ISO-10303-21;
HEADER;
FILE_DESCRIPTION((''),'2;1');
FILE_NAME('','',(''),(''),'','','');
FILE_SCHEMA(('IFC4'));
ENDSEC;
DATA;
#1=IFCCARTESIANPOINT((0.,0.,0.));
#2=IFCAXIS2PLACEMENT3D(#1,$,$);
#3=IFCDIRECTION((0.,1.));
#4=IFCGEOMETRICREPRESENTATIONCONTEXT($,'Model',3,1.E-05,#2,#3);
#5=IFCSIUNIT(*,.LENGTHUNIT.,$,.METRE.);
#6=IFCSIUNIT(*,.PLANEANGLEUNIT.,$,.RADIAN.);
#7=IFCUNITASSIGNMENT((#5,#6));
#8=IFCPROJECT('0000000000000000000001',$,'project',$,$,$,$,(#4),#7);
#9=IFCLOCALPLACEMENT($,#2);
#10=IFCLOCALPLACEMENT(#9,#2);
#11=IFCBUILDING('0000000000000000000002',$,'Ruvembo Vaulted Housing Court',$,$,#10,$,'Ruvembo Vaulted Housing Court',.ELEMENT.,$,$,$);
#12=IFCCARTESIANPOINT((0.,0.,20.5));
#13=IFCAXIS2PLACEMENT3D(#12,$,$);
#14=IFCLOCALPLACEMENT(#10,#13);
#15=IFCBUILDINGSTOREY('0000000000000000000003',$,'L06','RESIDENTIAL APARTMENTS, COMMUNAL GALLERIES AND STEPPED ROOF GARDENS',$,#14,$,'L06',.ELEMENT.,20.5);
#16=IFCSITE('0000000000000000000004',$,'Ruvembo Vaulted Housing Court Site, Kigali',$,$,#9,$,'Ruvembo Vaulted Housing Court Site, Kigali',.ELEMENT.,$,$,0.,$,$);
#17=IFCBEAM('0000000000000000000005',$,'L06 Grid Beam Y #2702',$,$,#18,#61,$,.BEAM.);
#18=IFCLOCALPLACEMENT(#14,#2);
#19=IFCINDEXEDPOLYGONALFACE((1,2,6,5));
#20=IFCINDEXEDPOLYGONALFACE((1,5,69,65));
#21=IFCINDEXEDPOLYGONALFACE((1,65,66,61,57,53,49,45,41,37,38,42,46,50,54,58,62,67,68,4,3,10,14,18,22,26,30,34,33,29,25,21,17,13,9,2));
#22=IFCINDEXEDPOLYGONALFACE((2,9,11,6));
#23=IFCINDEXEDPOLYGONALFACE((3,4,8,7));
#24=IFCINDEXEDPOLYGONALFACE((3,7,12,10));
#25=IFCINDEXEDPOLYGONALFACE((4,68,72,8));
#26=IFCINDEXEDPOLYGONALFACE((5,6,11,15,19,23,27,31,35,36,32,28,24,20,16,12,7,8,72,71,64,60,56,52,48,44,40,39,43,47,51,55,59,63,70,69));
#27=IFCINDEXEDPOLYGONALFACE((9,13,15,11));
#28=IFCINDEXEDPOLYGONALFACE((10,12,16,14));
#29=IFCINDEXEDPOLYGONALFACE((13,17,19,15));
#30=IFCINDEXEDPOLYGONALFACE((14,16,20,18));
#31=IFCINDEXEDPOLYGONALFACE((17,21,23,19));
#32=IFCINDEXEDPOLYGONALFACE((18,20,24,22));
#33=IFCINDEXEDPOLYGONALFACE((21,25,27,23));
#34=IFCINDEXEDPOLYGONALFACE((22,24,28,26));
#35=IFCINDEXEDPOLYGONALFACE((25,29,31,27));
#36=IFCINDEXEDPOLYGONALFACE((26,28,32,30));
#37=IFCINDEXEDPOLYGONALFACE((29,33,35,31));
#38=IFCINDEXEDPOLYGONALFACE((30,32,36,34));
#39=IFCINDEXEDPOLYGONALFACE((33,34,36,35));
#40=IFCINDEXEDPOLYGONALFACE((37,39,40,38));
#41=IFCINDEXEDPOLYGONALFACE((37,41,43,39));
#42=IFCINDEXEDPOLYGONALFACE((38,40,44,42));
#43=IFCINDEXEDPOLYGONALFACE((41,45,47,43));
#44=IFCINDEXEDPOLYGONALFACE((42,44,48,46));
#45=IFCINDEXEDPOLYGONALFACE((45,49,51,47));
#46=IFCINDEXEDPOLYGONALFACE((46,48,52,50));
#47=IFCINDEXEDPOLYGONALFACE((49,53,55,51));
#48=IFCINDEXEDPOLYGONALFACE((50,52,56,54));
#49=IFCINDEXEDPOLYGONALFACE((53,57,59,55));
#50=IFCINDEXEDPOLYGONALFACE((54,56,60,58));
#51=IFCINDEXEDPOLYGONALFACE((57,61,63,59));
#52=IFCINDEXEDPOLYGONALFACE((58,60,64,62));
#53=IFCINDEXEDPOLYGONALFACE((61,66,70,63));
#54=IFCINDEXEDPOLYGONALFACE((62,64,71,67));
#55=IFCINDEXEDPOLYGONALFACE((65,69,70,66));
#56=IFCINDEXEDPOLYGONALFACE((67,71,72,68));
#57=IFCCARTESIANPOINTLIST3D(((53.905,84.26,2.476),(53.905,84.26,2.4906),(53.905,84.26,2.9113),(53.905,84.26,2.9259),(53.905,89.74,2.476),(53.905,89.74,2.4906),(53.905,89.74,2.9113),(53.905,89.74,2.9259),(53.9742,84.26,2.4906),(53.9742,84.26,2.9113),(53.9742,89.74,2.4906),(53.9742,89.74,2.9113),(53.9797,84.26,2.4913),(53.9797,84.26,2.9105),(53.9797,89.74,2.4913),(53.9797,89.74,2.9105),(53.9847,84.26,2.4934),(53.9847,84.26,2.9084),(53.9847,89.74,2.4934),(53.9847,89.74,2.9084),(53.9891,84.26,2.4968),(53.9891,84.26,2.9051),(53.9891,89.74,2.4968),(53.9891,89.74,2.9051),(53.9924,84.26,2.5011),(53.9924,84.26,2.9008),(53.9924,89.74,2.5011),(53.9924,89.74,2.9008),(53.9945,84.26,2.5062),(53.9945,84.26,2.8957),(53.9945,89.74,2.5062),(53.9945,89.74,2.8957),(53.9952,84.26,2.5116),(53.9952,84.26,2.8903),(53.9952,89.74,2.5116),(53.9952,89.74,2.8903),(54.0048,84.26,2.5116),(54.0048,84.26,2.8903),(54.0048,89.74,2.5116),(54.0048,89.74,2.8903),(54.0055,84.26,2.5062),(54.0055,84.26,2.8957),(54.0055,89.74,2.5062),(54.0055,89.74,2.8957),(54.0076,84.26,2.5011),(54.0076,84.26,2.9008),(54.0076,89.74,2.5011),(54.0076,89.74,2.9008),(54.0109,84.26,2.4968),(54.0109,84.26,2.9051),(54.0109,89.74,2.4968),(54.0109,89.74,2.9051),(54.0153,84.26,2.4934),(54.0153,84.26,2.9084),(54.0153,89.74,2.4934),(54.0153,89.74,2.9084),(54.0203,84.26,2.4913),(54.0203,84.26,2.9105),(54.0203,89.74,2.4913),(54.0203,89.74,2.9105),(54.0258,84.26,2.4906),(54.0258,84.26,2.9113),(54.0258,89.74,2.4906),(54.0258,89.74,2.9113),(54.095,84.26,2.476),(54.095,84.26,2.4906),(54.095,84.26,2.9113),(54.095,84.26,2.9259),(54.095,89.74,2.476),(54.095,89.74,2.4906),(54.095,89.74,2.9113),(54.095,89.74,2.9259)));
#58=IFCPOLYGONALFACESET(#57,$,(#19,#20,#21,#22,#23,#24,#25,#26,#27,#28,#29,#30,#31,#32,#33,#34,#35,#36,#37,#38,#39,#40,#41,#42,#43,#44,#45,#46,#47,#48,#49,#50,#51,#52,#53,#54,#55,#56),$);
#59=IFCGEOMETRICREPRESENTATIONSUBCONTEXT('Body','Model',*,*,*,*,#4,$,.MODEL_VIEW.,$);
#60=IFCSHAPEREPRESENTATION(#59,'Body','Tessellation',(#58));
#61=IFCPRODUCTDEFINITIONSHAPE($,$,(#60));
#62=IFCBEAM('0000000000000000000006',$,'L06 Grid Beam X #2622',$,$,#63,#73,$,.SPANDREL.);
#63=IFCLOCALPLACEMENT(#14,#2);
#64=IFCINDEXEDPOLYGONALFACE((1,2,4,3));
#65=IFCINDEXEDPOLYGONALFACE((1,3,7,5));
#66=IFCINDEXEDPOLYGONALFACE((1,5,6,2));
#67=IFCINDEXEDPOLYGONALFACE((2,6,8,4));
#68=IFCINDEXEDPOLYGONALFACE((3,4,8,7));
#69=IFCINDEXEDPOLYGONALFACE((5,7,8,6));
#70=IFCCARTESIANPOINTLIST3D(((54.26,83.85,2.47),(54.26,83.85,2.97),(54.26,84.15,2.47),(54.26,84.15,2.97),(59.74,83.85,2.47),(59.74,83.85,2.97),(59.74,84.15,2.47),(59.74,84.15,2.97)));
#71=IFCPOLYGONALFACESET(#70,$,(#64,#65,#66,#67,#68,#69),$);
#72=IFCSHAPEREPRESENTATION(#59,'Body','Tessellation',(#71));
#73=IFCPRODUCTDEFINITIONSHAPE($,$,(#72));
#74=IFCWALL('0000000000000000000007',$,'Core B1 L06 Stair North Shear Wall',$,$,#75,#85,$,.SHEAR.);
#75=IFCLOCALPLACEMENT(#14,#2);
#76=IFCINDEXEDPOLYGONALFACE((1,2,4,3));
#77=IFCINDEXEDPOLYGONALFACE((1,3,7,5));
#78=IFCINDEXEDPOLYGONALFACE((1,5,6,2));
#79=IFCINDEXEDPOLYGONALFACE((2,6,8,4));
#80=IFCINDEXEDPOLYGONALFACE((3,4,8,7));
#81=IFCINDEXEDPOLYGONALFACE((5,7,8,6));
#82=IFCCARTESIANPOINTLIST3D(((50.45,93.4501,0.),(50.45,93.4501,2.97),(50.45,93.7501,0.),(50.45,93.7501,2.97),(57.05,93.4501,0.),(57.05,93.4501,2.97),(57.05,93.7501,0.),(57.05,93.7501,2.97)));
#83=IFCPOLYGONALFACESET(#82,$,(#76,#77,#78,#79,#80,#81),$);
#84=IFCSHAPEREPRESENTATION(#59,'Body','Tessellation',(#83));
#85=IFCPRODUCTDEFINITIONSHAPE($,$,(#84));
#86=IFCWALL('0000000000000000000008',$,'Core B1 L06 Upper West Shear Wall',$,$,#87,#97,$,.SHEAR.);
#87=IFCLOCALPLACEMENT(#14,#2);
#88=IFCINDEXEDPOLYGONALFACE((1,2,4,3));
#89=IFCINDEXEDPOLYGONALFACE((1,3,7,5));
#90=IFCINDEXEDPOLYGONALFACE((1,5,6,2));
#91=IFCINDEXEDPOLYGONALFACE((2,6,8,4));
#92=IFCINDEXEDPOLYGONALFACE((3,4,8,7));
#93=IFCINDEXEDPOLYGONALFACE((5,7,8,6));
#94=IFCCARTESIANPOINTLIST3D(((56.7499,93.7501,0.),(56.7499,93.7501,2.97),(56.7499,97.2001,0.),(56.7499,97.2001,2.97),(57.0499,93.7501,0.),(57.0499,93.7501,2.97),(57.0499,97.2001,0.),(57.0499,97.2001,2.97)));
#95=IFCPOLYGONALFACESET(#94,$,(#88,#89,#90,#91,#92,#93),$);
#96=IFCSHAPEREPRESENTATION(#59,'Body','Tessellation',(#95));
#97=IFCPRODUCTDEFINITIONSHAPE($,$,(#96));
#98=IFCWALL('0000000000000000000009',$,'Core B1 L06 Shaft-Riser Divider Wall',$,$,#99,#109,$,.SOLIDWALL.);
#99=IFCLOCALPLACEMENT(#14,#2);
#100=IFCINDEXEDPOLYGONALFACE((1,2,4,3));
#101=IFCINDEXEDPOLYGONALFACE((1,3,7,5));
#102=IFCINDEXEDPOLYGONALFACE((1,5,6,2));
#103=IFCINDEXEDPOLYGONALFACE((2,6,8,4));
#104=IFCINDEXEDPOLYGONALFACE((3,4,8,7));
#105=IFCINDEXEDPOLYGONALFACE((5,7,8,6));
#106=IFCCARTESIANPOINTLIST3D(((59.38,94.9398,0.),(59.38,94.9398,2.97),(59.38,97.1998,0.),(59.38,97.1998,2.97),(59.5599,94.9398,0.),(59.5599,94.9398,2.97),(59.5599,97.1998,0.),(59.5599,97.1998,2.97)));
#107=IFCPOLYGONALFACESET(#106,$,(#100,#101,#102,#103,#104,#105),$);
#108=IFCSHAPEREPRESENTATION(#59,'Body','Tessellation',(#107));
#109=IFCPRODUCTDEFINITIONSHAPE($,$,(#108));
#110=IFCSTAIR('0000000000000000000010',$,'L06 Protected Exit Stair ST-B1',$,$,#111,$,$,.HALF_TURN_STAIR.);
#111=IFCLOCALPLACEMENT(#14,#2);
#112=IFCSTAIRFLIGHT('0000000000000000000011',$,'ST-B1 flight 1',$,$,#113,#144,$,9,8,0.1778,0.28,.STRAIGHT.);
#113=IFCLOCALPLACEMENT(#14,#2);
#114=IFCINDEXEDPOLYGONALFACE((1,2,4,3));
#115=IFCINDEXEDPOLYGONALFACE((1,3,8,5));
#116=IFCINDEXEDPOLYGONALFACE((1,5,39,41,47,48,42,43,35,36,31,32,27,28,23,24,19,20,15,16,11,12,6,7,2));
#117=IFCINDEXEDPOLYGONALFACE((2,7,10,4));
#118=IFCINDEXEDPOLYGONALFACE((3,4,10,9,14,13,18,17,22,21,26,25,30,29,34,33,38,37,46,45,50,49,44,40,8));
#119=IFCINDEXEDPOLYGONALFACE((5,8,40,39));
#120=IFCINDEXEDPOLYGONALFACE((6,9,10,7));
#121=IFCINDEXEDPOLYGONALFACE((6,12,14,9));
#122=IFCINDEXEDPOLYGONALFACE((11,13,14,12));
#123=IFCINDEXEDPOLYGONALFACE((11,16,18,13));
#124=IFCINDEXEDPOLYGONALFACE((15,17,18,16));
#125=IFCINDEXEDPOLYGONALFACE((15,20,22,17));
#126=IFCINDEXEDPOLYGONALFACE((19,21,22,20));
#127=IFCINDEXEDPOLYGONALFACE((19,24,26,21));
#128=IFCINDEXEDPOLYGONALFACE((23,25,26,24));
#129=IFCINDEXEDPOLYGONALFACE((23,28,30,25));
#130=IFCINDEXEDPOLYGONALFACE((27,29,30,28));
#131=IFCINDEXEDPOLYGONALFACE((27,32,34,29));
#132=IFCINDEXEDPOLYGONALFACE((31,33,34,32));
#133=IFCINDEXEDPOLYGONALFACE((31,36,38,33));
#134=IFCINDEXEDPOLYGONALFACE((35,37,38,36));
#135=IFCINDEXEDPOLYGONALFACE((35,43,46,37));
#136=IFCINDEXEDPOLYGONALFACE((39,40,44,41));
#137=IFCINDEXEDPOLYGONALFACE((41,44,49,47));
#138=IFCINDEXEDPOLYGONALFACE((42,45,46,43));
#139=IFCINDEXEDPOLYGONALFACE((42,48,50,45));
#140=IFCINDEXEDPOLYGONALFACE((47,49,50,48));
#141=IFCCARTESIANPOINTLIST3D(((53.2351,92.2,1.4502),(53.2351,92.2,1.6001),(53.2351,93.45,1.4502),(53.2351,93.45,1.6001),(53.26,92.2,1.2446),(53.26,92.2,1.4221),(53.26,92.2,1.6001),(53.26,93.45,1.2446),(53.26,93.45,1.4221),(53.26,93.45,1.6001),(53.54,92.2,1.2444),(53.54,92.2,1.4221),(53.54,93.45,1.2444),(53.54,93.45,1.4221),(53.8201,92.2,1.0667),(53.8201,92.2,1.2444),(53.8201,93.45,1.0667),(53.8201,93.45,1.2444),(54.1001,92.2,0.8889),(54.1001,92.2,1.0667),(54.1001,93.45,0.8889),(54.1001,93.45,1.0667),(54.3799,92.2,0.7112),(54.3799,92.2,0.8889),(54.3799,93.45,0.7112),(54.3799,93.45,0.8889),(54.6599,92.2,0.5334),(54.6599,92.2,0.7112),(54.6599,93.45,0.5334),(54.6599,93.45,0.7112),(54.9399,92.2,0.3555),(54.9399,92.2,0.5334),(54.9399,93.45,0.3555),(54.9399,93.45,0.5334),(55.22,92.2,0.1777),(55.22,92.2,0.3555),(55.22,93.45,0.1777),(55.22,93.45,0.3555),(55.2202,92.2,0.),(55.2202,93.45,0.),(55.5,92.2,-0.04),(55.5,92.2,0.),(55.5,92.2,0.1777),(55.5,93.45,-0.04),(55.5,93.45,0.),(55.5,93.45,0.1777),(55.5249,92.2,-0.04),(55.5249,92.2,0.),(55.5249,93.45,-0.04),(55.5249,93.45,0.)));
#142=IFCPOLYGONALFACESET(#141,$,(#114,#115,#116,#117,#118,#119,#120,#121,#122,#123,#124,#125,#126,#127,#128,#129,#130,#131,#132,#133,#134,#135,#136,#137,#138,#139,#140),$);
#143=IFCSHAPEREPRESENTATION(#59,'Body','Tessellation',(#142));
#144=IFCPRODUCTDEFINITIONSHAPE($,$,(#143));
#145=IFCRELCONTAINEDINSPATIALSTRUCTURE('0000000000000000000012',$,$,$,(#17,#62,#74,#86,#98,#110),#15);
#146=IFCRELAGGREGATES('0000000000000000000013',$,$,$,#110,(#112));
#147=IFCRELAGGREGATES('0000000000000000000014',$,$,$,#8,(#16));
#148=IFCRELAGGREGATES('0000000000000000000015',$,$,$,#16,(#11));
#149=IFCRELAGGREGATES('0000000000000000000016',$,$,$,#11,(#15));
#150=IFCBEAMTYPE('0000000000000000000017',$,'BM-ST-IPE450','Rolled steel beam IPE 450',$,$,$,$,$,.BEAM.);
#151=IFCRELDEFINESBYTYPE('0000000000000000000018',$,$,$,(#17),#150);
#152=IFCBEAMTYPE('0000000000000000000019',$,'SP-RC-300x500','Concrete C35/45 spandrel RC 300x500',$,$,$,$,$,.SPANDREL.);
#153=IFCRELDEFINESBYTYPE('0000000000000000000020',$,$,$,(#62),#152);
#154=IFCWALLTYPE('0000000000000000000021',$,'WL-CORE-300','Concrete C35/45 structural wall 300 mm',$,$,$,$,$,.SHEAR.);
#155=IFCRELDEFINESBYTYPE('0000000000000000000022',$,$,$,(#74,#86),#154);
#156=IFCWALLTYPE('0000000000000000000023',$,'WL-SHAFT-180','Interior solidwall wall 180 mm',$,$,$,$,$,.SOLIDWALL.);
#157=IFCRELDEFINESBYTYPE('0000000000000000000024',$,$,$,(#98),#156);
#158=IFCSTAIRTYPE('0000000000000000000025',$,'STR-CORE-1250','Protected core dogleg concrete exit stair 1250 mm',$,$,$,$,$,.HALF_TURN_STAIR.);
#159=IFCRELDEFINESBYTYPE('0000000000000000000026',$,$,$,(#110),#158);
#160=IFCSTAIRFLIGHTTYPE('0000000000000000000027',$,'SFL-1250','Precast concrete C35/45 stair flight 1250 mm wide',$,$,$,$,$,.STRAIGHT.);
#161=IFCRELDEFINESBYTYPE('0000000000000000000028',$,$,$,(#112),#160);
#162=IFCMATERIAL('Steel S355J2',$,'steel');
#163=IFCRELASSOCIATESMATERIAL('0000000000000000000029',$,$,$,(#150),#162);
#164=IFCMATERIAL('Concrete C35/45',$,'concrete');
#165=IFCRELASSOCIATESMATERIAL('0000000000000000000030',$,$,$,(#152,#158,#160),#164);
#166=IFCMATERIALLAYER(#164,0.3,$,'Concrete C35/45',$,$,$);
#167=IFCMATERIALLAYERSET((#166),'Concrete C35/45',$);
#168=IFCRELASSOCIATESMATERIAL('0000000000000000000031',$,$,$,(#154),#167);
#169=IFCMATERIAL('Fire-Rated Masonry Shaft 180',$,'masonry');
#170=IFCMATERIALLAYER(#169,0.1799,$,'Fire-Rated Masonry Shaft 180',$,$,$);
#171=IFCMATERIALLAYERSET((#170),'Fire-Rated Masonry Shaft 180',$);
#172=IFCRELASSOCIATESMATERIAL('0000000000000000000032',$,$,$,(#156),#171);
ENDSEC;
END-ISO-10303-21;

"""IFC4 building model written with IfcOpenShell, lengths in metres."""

from ifc_helpers import new_model, si_unit, direction, frame, frame_2d, origin, origin_2d, place, context, subcontext, project, spatial, polyline, rectangle, i_section, outline, extrude, material, layer, layer_set, material_profile, profile_set, type_object, element, aggregate, save


model = new_model("IFC4")

# Units and contexts
model_context = context("Model", 3, precision=1e-05, world=origin(), true_north=direction((0.0, 1.0)))
body_context = subcontext(model_context, "Body", "Model", "MODEL_VIEW")
ifc_project = project(units=[si_unit("LENGTHUNIT", "METRE"), si_unit("PLANEANGLEUNIT", "RADIAN")], contexts=[model_context])

# Site, building, storey
site_placement = place(None, origin())
site = spatial("IfcSite", under=ifc_project, at=site_placement, Name="Ruvembo Vaulted Housing Court Site, Kigali", LongName="Ruvembo Vaulted Housing Court Site, Kigali", CompositionType="ELEMENT", RefElevation=0.0)
building_placement = place(site_placement, origin())
building = spatial("IfcBuilding", under=site, at=building_placement, Name="Ruvembo Vaulted Housing Court", LongName="Ruvembo Vaulted Housing Court", CompositionType="ELEMENT")
storey_placement = place(building_placement, frame((0.0, 0.0, 20.5)))
storey = spatial("IfcBuildingStorey", under=building, at=storey_placement, Name="L06", Description="RESIDENTIAL APARTMENTS, COMMUNAL GALLERIES AND STEPPED ROOF GARDENS", LongName="L06", CompositionType="ELEMENT", Elevation=20.5)

# Shared definitions
ifc_material_1 = material(Name="Concrete C35/45", Category="concrete")

# Beams
ifc_material_2 = material(Name="Steel S355J2", Category="steel")
ifc_material_profile_1 = material_profile(ifc_material_2, i_section(OverallWidth=0.1899, OverallDepth=0.45, WebThickness=0.0095, FlangeThickness=0.0146, FilletRadius=0.021, at=origin_2d()), Name="IPE 450")
ifc_profile_set_1 = profile_set([ifc_material_profile_1], Name="Steel S355J2")
beam_type_1 = type_object("IfcBeamType", Name="BM-ST-IPE450", Description="Rolled steel beam IPE 450", PredefinedType="BEAM", material=ifc_profile_set_1)
beam_1_placement = place(storey_placement, frame((54.0, 84.26, 2.7009), z_axis=(0.0, 1.0, 0.0), x_axis=(-1.0, 0.0, 0.0)))
element("IfcBeam", 1, at=beam_1_placement, inside=storey, type_object=beam_type_1, Name="L06 Grid Beam Y #2702", PredefinedType="BEAM", context=body_context, shape_type="SweptSolid", body=[
    extrude(i_section(OverallWidth=0.1899, OverallDepth=0.45, WebThickness=0.0095, FlangeThickness=0.0146, FilletRadius=0.021, at=origin_2d()), origin(), (0.0, 0.0, 1.0), 5.48),
])
ifc_material_profile_2 = material_profile(ifc_material_1, rectangle(XDim=0.3, YDim=0.5, at=origin_2d()), Name="RC 300x500")
ifc_profile_set_2 = profile_set([ifc_material_profile_2], Name="Concrete C35/45")
beam_type_2 = type_object("IfcBeamType", Name="SP-RC-300x500", Description="Concrete C35/45 spandrel RC 300x500", PredefinedType="SPANDREL", material=ifc_profile_set_2)
beam_2_placement = place(storey_placement, frame((54.26, 84.0, 2.72), z_axis=(1.0, 0.0, 0.0), x_axis=(0.0, 1.0, 0.0)))
element("IfcBeam", 2, at=beam_2_placement, inside=storey, type_object=beam_type_2, Name="L06 Grid Beam X #2622", PredefinedType="SPANDREL", context=body_context, shape_type="SweptSolid", body=[
    extrude(rectangle(XDim=0.3, YDim=0.5, at=origin_2d()), origin(), (0.0, 0.0, 1.0), 5.48),
])

# Wall
ifc_layer_1 = layer(ifc_material_1, 0.3, Name="Concrete C35/45")
ifc_layer_set_1 = layer_set([ifc_layer_1], Name="Concrete C35/45")
wall_type_1 = type_object("IfcWallType", Name="WL-CORE-300", Description="Concrete C35/45 structural wall 300 mm", PredefinedType="SHEAR", material=ifc_layer_set_1)
wall_1_placement = place(storey_placement, frame((57.05, 93.6001, 0.0), z_axis=(0.0, 0.0, 1.0), x_axis=(-1.0, 0.0, 0.0)))
element("IfcWall", 3, at=wall_1_placement, inside=storey, type_object=wall_type_1, Name="Core B1 L06 Stair North Shear Wall", PredefinedType="SHEAR", context=body_context, shape_type="SweptSolid", body=[
    extrude(rectangle(XDim=6.6001, YDim=0.3, at=frame_2d((3.3, 0.0))), origin(), (0.0, 0.0, 1.0), 2.97),
])

# Wall
wall_2_placement = place(storey_placement, frame((56.8999, 93.75, 0.0), z_axis=(0.0, 0.0, 1.0), x_axis=(0.0, 1.0, 0.0)))
element("IfcWall", 4, at=wall_2_placement, inside=storey, type_object=wall_type_1, Name="Core B1 L06 Upper West Shear Wall", PredefinedType="SHEAR", context=body_context, shape_type="SweptSolid", body=[
    extrude(rectangle(XDim=3.45, YDim=0.3, at=frame_2d((1.7251, 0.0))), origin(), (0.0, 0.0, 1.0), 2.97),
])

# Shared definitions
ifc_material_3 = material(Name="Fire-Rated Masonry Shaft 180", Category="masonry")
ifc_layer_2 = layer(ifc_material_3, 0.1799, Name="Fire-Rated Masonry Shaft 180")
ifc_layer_set_2 = layer_set([ifc_layer_2], Name="Fire-Rated Masonry Shaft 180")
wall_type_2 = type_object("IfcWallType", Name="WL-SHAFT-180", Description="Interior solidwall wall 180 mm", PredefinedType="SOLIDWALL", material=ifc_layer_set_2)

# Wall
wall_3_placement = place(storey_placement, frame((59.47, 94.9399, 0.0), z_axis=(0.0, 0.0, 1.0), x_axis=(0.0, 1.0, 0.0)))
element("IfcWall", 5, at=wall_3_placement, inside=storey, type_object=wall_type_2, Name="Core B1 L06 Shaft-Riser Divider Wall", PredefinedType="SOLIDWALL", context=body_context, shape_type="SweptSolid", body=[
    extrude(rectangle(XDim=2.26, YDim=0.1799, at=frame_2d((1.1299, 0.0))), origin(), (0.0, 0.0, 1.0), 2.97),
])

# Stair, stair flight
stair_type = type_object("IfcStairType", Name="STR-CORE-1250", Description="Protected core dogleg concrete exit stair 1250 mm", PredefinedType="HALF_TURN_STAIR", material=ifc_material_1)
stair_placement = place(storey_placement, origin())
stair = element("IfcStair", 6, at=stair_placement, inside=storey, type_object=stair_type, Name="L06 Protected Exit Stair ST-B1", PredefinedType="HALF_TURN_STAIR")
stair_flight_type = type_object("IfcStairFlightType", Name="SFL-1250", Description="Precast concrete C35/45 stair flight 1250 mm wide", PredefinedType="STRAIGHT", material=ifc_material_1)
stair_flight_placement = place(storey_placement, frame((55.5, 92.825, 0.0), z_axis=(0.0, 0.0, 1.0), x_axis=(-1.0, 0.0, 0.0)))
stair_flight = element("IfcStairFlight", 7, at=stair_flight_placement, type_object=stair_flight_type, Name="ST-B1 flight 1", NumberOfRisers=9, NumberOfTreads=8, PredefinedType="STRAIGHT", RiserHeight=0.1778, TreadLength=0.28, context=body_context, shape_type="SweptSolid", body=[
    extrude(outline(polyline([(-0.0249, -0.04), (-0.0249, 0.0), (0.0, 0.0), (0.0, 0.1777), (0.28, 0.1777), (0.28, 0.3555), (0.5601, 0.3555), (0.5601, 0.5334), (0.8401, 0.5334), (0.8401, 0.7112), (1.1201, 0.7112), (1.1201, 0.8889), (1.3999, 0.8889), (1.3999, 1.0667), (1.6799, 1.0667), (1.6799, 1.2444), (1.96, 1.2444), (1.96, 1.4221), (2.24, 1.4221), (2.24, 1.6001), (2.2649, 1.6001), (2.2649, 1.4502), (2.24, 1.2446), (0.2798, 0.0), (0.0, -0.04), (-0.0249, -0.04)])), frame((0.0, 0.625, 0.0), z_axis=(0.0, -1.0, 0.0), x_axis=(1.0, 0.0, 0.0)), (0.0, 0.0, 1.0), 1.25),
])
aggregate(stair, [stair_flight])

save(model, "model.ifc")
